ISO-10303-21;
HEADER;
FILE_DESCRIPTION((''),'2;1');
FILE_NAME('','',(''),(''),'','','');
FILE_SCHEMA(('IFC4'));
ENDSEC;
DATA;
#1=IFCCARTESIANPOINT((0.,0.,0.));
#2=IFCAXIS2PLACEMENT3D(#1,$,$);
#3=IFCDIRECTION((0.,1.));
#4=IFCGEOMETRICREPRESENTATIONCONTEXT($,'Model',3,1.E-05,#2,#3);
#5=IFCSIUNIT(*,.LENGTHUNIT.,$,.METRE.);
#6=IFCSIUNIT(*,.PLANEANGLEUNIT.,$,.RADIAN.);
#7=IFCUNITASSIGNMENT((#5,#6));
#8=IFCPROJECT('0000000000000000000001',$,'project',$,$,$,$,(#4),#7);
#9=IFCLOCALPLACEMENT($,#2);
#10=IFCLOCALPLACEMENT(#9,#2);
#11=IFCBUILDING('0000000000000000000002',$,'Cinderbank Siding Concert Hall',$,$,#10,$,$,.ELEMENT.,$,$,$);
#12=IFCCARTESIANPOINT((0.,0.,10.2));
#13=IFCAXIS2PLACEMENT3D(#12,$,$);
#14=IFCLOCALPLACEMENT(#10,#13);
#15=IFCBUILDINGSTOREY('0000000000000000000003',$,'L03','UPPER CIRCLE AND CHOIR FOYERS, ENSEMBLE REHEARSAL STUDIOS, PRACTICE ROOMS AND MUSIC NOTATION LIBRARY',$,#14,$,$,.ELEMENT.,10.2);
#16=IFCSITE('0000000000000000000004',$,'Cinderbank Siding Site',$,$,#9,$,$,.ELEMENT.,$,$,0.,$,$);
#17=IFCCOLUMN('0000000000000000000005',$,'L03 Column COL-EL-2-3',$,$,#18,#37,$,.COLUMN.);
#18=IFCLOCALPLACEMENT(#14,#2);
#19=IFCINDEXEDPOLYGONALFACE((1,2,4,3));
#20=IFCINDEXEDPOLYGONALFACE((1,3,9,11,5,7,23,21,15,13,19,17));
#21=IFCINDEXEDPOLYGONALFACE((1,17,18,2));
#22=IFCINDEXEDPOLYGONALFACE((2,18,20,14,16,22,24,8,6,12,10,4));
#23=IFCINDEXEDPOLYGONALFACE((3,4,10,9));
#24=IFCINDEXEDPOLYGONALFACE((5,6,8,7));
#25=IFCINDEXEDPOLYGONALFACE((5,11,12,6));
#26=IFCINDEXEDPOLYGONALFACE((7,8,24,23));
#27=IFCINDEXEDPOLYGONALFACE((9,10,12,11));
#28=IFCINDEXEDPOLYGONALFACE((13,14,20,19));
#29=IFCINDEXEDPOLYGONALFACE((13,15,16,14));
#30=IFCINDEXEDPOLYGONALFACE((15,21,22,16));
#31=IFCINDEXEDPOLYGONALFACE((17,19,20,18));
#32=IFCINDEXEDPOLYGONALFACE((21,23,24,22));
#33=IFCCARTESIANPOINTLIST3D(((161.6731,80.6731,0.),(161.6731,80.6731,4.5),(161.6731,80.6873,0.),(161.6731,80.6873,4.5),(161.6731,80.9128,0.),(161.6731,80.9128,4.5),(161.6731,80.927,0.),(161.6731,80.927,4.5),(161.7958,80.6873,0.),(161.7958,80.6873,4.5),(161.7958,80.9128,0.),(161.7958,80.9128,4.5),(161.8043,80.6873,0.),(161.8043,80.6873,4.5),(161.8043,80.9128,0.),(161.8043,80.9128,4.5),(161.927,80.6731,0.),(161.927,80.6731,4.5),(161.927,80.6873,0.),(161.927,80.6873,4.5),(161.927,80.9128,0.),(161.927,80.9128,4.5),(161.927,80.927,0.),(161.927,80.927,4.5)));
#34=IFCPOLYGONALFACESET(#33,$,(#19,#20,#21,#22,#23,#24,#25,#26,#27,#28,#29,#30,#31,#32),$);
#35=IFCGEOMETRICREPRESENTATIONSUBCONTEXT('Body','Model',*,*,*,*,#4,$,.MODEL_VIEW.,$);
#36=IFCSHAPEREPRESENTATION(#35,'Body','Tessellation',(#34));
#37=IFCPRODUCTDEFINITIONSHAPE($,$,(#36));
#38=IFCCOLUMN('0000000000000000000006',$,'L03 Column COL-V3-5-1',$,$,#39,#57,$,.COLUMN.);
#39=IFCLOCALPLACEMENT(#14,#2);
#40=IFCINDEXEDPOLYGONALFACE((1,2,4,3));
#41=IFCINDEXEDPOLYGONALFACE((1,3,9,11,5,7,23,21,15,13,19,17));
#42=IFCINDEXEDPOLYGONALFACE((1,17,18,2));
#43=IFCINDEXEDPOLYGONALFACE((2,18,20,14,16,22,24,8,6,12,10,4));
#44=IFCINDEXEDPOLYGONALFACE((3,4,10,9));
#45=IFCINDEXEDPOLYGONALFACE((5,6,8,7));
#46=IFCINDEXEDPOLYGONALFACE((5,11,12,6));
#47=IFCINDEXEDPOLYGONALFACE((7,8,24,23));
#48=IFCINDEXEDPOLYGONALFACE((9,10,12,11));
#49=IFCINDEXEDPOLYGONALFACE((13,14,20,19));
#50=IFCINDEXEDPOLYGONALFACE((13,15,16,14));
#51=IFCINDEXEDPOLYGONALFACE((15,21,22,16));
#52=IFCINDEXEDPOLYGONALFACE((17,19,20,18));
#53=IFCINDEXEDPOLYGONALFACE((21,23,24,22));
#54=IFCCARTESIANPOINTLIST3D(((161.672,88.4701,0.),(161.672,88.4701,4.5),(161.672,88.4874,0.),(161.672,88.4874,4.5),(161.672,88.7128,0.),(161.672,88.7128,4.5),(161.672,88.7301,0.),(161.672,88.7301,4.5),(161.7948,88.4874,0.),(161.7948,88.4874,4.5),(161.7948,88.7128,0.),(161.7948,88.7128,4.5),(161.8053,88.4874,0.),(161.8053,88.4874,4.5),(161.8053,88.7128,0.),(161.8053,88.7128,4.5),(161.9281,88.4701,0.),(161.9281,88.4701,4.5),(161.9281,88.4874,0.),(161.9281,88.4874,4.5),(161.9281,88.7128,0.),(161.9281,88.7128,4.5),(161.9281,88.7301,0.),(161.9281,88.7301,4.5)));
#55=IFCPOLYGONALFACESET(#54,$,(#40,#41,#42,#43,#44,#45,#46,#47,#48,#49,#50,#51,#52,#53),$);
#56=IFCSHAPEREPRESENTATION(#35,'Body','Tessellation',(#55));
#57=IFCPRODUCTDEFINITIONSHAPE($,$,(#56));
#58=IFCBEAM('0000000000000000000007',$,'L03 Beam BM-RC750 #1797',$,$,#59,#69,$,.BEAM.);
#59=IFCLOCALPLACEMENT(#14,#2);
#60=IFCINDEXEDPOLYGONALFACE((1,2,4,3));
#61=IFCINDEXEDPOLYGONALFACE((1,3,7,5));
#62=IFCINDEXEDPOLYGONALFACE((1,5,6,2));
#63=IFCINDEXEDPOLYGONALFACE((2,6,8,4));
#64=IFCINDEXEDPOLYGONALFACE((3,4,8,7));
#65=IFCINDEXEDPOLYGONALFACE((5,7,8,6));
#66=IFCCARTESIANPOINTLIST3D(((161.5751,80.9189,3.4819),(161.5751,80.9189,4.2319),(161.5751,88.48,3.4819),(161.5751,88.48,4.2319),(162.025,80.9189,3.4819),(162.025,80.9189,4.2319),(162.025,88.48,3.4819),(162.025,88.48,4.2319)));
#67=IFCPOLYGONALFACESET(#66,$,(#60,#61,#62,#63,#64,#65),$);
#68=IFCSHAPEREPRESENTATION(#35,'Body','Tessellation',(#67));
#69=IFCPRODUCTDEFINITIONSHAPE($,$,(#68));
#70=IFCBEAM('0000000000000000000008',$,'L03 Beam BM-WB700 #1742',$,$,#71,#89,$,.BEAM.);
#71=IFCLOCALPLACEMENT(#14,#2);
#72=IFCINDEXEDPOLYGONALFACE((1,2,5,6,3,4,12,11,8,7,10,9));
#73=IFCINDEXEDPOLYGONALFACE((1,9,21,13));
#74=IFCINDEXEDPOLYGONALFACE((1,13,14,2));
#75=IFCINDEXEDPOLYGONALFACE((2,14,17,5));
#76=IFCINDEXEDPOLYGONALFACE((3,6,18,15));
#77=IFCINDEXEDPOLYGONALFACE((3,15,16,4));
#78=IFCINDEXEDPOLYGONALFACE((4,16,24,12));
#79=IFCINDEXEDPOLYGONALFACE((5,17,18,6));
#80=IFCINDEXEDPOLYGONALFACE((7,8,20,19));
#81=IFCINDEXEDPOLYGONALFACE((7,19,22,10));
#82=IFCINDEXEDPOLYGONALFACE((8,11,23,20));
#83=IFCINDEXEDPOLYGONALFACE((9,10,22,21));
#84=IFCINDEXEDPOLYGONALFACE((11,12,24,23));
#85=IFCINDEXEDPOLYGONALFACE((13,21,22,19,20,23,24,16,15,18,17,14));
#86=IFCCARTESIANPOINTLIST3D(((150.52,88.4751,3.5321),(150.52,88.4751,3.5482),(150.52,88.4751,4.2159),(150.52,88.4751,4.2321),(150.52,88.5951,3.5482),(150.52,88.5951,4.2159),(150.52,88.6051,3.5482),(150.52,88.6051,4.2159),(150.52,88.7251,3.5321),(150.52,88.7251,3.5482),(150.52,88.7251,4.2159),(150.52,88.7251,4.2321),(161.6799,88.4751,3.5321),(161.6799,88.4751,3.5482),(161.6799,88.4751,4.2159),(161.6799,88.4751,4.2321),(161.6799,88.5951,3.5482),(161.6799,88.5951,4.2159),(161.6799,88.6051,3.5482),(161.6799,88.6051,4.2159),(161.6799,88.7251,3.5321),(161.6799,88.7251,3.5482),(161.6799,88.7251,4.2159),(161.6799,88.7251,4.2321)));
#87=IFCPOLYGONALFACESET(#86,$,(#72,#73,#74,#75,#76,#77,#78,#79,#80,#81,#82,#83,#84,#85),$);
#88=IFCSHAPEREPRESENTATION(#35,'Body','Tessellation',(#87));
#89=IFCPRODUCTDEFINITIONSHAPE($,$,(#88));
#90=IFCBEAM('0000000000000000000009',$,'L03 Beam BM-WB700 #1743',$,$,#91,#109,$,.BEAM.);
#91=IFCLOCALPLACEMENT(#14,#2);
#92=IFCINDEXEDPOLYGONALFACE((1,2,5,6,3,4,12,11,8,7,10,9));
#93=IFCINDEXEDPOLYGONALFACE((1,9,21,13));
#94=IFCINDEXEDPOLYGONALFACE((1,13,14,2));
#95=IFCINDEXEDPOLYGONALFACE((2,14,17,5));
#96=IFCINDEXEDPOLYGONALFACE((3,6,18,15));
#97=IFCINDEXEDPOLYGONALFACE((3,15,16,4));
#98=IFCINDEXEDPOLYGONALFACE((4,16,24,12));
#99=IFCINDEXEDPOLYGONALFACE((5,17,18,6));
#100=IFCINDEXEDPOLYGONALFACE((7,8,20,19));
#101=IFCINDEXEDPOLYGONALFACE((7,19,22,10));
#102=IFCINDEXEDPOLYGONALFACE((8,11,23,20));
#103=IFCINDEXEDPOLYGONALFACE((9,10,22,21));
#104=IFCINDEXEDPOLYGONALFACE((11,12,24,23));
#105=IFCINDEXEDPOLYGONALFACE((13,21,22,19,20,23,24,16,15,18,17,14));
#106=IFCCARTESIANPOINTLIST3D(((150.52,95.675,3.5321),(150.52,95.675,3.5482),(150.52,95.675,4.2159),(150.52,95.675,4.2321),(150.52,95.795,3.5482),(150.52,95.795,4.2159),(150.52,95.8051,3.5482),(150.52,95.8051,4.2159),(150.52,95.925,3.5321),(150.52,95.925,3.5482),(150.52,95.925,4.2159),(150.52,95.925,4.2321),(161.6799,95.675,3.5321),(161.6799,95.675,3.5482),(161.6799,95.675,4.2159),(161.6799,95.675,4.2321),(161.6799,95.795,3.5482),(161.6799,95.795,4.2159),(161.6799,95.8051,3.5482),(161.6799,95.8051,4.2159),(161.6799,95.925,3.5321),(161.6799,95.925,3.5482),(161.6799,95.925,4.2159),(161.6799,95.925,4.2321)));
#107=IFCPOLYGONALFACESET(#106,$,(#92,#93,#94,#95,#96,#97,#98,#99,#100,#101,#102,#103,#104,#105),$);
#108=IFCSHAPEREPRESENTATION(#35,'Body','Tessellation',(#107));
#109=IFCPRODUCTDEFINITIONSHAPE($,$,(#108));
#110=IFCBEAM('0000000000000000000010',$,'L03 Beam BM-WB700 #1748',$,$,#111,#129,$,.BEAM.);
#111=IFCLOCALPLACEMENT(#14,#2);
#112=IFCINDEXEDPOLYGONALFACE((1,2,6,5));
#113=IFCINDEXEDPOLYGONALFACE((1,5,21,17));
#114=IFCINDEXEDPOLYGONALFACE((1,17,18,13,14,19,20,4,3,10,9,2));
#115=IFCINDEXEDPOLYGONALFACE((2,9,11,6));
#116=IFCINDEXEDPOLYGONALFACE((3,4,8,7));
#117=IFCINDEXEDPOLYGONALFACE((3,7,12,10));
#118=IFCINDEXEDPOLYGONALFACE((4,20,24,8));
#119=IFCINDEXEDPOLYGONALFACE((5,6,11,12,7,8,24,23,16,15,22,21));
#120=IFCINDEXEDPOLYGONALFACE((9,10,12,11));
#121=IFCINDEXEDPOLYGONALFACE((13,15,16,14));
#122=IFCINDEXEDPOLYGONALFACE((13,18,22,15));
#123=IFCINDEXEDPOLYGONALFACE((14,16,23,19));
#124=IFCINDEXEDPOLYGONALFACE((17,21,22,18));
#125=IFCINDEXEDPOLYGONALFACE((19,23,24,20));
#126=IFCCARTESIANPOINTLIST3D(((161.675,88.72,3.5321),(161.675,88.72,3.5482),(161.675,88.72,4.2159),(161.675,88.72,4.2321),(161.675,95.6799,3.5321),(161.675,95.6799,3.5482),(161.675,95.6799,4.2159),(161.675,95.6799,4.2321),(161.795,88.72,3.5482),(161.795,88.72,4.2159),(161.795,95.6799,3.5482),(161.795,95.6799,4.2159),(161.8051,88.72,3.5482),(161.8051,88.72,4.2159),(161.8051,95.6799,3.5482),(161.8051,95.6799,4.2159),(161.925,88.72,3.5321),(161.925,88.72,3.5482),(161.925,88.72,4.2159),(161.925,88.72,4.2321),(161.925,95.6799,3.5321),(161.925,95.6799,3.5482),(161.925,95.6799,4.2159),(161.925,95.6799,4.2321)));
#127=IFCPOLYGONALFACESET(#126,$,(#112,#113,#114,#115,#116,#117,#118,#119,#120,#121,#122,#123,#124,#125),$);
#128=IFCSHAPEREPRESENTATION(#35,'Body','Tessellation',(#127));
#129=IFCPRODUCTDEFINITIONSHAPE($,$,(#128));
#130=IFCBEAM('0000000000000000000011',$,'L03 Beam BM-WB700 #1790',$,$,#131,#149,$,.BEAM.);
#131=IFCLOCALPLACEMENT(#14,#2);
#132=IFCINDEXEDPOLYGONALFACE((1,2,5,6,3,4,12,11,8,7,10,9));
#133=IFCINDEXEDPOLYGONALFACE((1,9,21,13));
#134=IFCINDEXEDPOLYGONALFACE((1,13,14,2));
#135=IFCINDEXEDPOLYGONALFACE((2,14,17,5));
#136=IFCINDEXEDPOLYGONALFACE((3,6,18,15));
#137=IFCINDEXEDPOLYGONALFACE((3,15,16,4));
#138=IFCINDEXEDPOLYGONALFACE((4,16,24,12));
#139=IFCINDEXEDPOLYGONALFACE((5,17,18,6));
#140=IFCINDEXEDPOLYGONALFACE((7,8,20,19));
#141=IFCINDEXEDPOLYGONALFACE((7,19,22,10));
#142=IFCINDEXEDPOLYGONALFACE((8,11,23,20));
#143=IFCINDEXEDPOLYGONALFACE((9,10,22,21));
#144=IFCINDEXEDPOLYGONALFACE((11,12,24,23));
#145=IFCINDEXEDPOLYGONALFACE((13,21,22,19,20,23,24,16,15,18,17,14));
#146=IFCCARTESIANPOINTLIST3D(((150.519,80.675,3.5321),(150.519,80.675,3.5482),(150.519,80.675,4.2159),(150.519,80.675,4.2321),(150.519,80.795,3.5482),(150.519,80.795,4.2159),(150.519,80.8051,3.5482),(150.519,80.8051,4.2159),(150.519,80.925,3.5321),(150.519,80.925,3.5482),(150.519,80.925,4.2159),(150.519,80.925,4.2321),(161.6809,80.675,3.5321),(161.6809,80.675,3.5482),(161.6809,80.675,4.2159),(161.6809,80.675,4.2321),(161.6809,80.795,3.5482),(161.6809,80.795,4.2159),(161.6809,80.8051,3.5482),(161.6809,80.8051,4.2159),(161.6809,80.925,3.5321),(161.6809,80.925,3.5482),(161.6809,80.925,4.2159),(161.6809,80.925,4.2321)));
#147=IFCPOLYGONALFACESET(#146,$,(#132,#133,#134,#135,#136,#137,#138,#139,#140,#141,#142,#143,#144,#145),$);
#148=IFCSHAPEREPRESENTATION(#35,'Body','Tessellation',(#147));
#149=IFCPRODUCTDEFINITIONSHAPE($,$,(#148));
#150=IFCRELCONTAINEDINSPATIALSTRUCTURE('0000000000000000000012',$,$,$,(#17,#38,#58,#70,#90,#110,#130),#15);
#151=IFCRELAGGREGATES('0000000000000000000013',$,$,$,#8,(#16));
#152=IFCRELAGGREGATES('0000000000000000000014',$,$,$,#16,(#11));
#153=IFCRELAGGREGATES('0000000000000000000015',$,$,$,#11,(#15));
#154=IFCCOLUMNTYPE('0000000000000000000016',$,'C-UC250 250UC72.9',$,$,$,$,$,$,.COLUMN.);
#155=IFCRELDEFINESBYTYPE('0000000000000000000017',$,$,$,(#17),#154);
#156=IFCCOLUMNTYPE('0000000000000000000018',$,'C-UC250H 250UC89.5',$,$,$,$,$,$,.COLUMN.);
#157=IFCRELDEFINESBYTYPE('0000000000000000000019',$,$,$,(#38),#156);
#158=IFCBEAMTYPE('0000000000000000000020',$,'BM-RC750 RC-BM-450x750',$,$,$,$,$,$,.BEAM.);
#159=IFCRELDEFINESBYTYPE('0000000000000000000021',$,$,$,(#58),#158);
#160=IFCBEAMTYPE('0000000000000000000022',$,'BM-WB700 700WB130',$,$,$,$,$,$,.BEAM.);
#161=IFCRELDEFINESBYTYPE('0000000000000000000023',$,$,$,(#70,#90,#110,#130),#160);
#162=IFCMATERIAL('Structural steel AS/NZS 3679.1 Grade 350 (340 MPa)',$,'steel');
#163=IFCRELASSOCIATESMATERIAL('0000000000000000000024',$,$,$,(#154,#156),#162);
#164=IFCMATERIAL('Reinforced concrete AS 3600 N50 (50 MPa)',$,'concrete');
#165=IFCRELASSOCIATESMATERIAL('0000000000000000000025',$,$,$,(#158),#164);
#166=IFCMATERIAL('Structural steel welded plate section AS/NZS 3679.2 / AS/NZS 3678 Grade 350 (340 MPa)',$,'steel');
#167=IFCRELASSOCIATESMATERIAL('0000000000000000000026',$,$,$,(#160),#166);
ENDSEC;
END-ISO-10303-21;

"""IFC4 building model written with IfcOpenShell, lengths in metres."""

from ifc_helpers import new_model, si_unit, direction, frame, origin, origin_2d, place, context, subcontext, project, spatial, rectangle, i_section, extrude, material, material_profile, profile_set, type_object, element, save


model = new_model("IFC4")

# Units and contexts
model_context = context("Model", 3, precision=1e-05, world=origin(), true_north=direction((0.0, 1.0)))
body_context = subcontext(model_context, "Body", "Model", "MODEL_VIEW")
ifc_project = project(units=[si_unit("LENGTHUNIT", "METRE"), si_unit("PLANEANGLEUNIT", "RADIAN")], contexts=[model_context])

# Site, building, storey
site_placement = place(None, origin())
site = spatial("IfcSite", under=ifc_project, at=site_placement, Name="Cinderbank Siding Site", CompositionType="ELEMENT", RefElevation=0.0)
building_placement = place(site_placement, origin())
building = spatial("IfcBuilding", under=site, at=building_placement, Name="Cinderbank Siding Concert Hall", CompositionType="ELEMENT")
storey_placement = place(building_placement, frame((0.0, 0.0, 10.2)))
storey = spatial("IfcBuildingStorey", under=building, at=storey_placement, Name="L03", Description="UPPER CIRCLE AND CHOIR FOYERS, ENSEMBLE REHEARSAL STUDIOS, PRACTICE ROOMS AND MUSIC NOTATION LIBRARY", CompositionType="ELEMENT", Elevation=10.2)

# Columns
ifc_material_1 = material(Name="Structural steel AS/NZS 3679.1 Grade 350 (340 MPa)", Category="steel")
ifc_material_profile_1 = material_profile(ifc_material_1, i_section(OverallWidth=0.2539, OverallDepth=0.2539, WebThickness=0.0085, FlangeThickness=0.0142, at=origin_2d()), Name="250UC72.9", Category="LoadBearing")
ifc_profile_set_1 = profile_set([ifc_material_profile_1], Name="Structural steel AS/NZS 3679.1 Grade 350 (340 MPa)")
column_type_1 = type_object("IfcColumnType", Name="C-UC250 250UC72.9", PredefinedType="COLUMN", material=ifc_profile_set_1)
column_1_placement = place(storey_placement, frame((161.8, 80.8, 0.0), z_axis=(0.0, 0.0, 1.0), x_axis=(1.0, 0.0, 0.0)))
element("IfcColumn", 1, at=column_1_placement, inside=storey, type_object=column_type_1, Name="L03 Column COL-EL-2-3", PredefinedType="COLUMN", context=body_context, shape_type="SweptSolid", body=[
    extrude(i_section(OverallWidth=0.2539, OverallDepth=0.2539, WebThickness=0.0085, FlangeThickness=0.0142, at=origin_2d()), origin(), (0.0, 0.0, 1.0), 4.5),
])
ifc_material_profile_2 = material_profile(ifc_material_1, i_section(OverallWidth=0.2561, OverallDepth=0.26, WebThickness=0.0105, FlangeThickness=0.0173, at=origin_2d()), Name="250UC89.5", Category="LoadBearing")
ifc_profile_set_2 = profile_set([ifc_material_profile_2], Name="Structural steel AS/NZS 3679.1 Grade 350 (340 MPa)")
column_type_2 = type_object("IfcColumnType", Name="C-UC250H 250UC89.5", PredefinedType="COLUMN", material=ifc_profile_set_2)
column_2_placement = place(storey_placement, frame((161.8, 88.6001, 0.0), z_axis=(0.0, 0.0, 1.0), x_axis=(1.0, 0.0, 0.0)))
element("IfcColumn", 2, at=column_2_placement, inside=storey, type_object=column_type_2, Name="L03 Column COL-V3-5-1", PredefinedType="COLUMN", context=body_context, shape_type="SweptSolid", body=[
    extrude(i_section(OverallWidth=0.2561, OverallDepth=0.26, WebThickness=0.0105, FlangeThickness=0.0173, at=origin_2d()), origin(), (0.0, 0.0, 1.0), 4.5),
])

# Beams
ifc_material_2 = material(Name="Reinforced concrete AS 3600 N50 (50 MPa)", Category="concrete")
ifc_material_profile_3 = material_profile(ifc_material_2, rectangle(XDim=0.45, YDim=0.75, at=origin_2d()), Name="RC-BM-450x750", Category="LoadBearing")
ifc_profile_set_3 = profile_set([ifc_material_profile_3], Name="Reinforced concrete AS 3600 N50 (50 MPa)")
beam_type_1 = type_object("IfcBeamType", Name="BM-RC750 RC-BM-450x750", PredefinedType="BEAM", material=ifc_profile_set_3)
beam_1_placement = place(storey_placement, frame((161.8, 80.9189, 3.8569), z_axis=(0.0, 1.0, 0.0), x_axis=(-1.0, 0.0, 0.0)))
element("IfcBeam", 3, at=beam_1_placement, inside=storey, type_object=beam_type_1, Name="L03 Beam BM-RC750 #1797", PredefinedType="BEAM", context=body_context, shape_type="SweptSolid", body=[
    extrude(rectangle(XDim=0.45, YDim=0.75, at=origin_2d()), origin(), (0.0, 0.0, 1.0), 7.561),
])
ifc_material_3 = material(Name="Structural steel welded plate section AS/NZS 3679.2 / AS/NZS 3678 Grade 350 (340 MPa)", Category="steel")
ifc_material_profile_4 = material_profile(ifc_material_3, i_section(OverallWidth=0.25, OverallDepth=0.7, WebThickness=0.01, FlangeThickness=0.0161, at=origin_2d()), Name="700WB130", Category="LoadBearing")
ifc_profile_set_4 = profile_set([ifc_material_profile_4], Name="Structural steel welded plate section AS/NZS 3679.2 / AS/NZS 3678 Grade 350 (340 MPa)")
beam_type_2 = type_object("IfcBeamType", Name="BM-WB700 700WB130", PredefinedType="BEAM", material=ifc_profile_set_4)
for number, where, z_axis, x_axis, name in (
    (4, (150.52, 88.6001, 3.8821), (1.0, 0.0, 0.0), (0.0, 1.0, 0.0), "L03 Beam BM-WB700 #1742"),
    (5, (150.52, 95.8, 3.8821), (1.0, 0.0, 0.0), (0.0, 1.0, 0.0), "L03 Beam BM-WB700 #1743"),
):
    element("IfcBeam", number, at=place(storey_placement, frame(where, z_axis=z_axis, x_axis=x_axis)), inside=storey, type_object=beam_type_2, Name=name, PredefinedType="BEAM", context=body_context, shape_type="SweptSolid", body=[
        extrude(i_section(OverallWidth=0.25, OverallDepth=0.7, WebThickness=0.01, FlangeThickness=0.0161, at=origin_2d()), origin(), (0.0, 0.0, 1.0), 11.1599),
    ])
beam_2_placement = place(storey_placement, frame((161.8, 88.72, 3.8821), z_axis=(0.0, 1.0, 0.0), x_axis=(-1.0, 0.0, 0.0)))
element("IfcBeam", 6, at=beam_2_placement, inside=storey, type_object=beam_type_2, Name="L03 Beam BM-WB700 #1748", PredefinedType="BEAM", context=body_context, shape_type="SweptSolid", body=[
    extrude(i_section(OverallWidth=0.25, OverallDepth=0.7, WebThickness=0.01, FlangeThickness=0.0161, at=origin_2d()), origin(), (0.0, 0.0, 1.0), 6.96),
])
beam_3_placement = place(storey_placement, frame((150.519, 80.8, 3.8821), z_axis=(1.0, 0.0, 0.0), x_axis=(0.0, 1.0, 0.0)))
element("IfcBeam", 7, at=beam_3_placement, inside=storey, type_object=beam_type_2, Name="L03 Beam BM-WB700 #1790", PredefinedType="BEAM", context=body_context, shape_type="SweptSolid", body=[
    extrude(i_section(OverallWidth=0.25, OverallDepth=0.7, WebThickness=0.01, FlangeThickness=0.0161, at=origin_2d()), origin(), (0.0, 0.0, 1.0), 11.1619),
])

save(model, "model.ifc")
